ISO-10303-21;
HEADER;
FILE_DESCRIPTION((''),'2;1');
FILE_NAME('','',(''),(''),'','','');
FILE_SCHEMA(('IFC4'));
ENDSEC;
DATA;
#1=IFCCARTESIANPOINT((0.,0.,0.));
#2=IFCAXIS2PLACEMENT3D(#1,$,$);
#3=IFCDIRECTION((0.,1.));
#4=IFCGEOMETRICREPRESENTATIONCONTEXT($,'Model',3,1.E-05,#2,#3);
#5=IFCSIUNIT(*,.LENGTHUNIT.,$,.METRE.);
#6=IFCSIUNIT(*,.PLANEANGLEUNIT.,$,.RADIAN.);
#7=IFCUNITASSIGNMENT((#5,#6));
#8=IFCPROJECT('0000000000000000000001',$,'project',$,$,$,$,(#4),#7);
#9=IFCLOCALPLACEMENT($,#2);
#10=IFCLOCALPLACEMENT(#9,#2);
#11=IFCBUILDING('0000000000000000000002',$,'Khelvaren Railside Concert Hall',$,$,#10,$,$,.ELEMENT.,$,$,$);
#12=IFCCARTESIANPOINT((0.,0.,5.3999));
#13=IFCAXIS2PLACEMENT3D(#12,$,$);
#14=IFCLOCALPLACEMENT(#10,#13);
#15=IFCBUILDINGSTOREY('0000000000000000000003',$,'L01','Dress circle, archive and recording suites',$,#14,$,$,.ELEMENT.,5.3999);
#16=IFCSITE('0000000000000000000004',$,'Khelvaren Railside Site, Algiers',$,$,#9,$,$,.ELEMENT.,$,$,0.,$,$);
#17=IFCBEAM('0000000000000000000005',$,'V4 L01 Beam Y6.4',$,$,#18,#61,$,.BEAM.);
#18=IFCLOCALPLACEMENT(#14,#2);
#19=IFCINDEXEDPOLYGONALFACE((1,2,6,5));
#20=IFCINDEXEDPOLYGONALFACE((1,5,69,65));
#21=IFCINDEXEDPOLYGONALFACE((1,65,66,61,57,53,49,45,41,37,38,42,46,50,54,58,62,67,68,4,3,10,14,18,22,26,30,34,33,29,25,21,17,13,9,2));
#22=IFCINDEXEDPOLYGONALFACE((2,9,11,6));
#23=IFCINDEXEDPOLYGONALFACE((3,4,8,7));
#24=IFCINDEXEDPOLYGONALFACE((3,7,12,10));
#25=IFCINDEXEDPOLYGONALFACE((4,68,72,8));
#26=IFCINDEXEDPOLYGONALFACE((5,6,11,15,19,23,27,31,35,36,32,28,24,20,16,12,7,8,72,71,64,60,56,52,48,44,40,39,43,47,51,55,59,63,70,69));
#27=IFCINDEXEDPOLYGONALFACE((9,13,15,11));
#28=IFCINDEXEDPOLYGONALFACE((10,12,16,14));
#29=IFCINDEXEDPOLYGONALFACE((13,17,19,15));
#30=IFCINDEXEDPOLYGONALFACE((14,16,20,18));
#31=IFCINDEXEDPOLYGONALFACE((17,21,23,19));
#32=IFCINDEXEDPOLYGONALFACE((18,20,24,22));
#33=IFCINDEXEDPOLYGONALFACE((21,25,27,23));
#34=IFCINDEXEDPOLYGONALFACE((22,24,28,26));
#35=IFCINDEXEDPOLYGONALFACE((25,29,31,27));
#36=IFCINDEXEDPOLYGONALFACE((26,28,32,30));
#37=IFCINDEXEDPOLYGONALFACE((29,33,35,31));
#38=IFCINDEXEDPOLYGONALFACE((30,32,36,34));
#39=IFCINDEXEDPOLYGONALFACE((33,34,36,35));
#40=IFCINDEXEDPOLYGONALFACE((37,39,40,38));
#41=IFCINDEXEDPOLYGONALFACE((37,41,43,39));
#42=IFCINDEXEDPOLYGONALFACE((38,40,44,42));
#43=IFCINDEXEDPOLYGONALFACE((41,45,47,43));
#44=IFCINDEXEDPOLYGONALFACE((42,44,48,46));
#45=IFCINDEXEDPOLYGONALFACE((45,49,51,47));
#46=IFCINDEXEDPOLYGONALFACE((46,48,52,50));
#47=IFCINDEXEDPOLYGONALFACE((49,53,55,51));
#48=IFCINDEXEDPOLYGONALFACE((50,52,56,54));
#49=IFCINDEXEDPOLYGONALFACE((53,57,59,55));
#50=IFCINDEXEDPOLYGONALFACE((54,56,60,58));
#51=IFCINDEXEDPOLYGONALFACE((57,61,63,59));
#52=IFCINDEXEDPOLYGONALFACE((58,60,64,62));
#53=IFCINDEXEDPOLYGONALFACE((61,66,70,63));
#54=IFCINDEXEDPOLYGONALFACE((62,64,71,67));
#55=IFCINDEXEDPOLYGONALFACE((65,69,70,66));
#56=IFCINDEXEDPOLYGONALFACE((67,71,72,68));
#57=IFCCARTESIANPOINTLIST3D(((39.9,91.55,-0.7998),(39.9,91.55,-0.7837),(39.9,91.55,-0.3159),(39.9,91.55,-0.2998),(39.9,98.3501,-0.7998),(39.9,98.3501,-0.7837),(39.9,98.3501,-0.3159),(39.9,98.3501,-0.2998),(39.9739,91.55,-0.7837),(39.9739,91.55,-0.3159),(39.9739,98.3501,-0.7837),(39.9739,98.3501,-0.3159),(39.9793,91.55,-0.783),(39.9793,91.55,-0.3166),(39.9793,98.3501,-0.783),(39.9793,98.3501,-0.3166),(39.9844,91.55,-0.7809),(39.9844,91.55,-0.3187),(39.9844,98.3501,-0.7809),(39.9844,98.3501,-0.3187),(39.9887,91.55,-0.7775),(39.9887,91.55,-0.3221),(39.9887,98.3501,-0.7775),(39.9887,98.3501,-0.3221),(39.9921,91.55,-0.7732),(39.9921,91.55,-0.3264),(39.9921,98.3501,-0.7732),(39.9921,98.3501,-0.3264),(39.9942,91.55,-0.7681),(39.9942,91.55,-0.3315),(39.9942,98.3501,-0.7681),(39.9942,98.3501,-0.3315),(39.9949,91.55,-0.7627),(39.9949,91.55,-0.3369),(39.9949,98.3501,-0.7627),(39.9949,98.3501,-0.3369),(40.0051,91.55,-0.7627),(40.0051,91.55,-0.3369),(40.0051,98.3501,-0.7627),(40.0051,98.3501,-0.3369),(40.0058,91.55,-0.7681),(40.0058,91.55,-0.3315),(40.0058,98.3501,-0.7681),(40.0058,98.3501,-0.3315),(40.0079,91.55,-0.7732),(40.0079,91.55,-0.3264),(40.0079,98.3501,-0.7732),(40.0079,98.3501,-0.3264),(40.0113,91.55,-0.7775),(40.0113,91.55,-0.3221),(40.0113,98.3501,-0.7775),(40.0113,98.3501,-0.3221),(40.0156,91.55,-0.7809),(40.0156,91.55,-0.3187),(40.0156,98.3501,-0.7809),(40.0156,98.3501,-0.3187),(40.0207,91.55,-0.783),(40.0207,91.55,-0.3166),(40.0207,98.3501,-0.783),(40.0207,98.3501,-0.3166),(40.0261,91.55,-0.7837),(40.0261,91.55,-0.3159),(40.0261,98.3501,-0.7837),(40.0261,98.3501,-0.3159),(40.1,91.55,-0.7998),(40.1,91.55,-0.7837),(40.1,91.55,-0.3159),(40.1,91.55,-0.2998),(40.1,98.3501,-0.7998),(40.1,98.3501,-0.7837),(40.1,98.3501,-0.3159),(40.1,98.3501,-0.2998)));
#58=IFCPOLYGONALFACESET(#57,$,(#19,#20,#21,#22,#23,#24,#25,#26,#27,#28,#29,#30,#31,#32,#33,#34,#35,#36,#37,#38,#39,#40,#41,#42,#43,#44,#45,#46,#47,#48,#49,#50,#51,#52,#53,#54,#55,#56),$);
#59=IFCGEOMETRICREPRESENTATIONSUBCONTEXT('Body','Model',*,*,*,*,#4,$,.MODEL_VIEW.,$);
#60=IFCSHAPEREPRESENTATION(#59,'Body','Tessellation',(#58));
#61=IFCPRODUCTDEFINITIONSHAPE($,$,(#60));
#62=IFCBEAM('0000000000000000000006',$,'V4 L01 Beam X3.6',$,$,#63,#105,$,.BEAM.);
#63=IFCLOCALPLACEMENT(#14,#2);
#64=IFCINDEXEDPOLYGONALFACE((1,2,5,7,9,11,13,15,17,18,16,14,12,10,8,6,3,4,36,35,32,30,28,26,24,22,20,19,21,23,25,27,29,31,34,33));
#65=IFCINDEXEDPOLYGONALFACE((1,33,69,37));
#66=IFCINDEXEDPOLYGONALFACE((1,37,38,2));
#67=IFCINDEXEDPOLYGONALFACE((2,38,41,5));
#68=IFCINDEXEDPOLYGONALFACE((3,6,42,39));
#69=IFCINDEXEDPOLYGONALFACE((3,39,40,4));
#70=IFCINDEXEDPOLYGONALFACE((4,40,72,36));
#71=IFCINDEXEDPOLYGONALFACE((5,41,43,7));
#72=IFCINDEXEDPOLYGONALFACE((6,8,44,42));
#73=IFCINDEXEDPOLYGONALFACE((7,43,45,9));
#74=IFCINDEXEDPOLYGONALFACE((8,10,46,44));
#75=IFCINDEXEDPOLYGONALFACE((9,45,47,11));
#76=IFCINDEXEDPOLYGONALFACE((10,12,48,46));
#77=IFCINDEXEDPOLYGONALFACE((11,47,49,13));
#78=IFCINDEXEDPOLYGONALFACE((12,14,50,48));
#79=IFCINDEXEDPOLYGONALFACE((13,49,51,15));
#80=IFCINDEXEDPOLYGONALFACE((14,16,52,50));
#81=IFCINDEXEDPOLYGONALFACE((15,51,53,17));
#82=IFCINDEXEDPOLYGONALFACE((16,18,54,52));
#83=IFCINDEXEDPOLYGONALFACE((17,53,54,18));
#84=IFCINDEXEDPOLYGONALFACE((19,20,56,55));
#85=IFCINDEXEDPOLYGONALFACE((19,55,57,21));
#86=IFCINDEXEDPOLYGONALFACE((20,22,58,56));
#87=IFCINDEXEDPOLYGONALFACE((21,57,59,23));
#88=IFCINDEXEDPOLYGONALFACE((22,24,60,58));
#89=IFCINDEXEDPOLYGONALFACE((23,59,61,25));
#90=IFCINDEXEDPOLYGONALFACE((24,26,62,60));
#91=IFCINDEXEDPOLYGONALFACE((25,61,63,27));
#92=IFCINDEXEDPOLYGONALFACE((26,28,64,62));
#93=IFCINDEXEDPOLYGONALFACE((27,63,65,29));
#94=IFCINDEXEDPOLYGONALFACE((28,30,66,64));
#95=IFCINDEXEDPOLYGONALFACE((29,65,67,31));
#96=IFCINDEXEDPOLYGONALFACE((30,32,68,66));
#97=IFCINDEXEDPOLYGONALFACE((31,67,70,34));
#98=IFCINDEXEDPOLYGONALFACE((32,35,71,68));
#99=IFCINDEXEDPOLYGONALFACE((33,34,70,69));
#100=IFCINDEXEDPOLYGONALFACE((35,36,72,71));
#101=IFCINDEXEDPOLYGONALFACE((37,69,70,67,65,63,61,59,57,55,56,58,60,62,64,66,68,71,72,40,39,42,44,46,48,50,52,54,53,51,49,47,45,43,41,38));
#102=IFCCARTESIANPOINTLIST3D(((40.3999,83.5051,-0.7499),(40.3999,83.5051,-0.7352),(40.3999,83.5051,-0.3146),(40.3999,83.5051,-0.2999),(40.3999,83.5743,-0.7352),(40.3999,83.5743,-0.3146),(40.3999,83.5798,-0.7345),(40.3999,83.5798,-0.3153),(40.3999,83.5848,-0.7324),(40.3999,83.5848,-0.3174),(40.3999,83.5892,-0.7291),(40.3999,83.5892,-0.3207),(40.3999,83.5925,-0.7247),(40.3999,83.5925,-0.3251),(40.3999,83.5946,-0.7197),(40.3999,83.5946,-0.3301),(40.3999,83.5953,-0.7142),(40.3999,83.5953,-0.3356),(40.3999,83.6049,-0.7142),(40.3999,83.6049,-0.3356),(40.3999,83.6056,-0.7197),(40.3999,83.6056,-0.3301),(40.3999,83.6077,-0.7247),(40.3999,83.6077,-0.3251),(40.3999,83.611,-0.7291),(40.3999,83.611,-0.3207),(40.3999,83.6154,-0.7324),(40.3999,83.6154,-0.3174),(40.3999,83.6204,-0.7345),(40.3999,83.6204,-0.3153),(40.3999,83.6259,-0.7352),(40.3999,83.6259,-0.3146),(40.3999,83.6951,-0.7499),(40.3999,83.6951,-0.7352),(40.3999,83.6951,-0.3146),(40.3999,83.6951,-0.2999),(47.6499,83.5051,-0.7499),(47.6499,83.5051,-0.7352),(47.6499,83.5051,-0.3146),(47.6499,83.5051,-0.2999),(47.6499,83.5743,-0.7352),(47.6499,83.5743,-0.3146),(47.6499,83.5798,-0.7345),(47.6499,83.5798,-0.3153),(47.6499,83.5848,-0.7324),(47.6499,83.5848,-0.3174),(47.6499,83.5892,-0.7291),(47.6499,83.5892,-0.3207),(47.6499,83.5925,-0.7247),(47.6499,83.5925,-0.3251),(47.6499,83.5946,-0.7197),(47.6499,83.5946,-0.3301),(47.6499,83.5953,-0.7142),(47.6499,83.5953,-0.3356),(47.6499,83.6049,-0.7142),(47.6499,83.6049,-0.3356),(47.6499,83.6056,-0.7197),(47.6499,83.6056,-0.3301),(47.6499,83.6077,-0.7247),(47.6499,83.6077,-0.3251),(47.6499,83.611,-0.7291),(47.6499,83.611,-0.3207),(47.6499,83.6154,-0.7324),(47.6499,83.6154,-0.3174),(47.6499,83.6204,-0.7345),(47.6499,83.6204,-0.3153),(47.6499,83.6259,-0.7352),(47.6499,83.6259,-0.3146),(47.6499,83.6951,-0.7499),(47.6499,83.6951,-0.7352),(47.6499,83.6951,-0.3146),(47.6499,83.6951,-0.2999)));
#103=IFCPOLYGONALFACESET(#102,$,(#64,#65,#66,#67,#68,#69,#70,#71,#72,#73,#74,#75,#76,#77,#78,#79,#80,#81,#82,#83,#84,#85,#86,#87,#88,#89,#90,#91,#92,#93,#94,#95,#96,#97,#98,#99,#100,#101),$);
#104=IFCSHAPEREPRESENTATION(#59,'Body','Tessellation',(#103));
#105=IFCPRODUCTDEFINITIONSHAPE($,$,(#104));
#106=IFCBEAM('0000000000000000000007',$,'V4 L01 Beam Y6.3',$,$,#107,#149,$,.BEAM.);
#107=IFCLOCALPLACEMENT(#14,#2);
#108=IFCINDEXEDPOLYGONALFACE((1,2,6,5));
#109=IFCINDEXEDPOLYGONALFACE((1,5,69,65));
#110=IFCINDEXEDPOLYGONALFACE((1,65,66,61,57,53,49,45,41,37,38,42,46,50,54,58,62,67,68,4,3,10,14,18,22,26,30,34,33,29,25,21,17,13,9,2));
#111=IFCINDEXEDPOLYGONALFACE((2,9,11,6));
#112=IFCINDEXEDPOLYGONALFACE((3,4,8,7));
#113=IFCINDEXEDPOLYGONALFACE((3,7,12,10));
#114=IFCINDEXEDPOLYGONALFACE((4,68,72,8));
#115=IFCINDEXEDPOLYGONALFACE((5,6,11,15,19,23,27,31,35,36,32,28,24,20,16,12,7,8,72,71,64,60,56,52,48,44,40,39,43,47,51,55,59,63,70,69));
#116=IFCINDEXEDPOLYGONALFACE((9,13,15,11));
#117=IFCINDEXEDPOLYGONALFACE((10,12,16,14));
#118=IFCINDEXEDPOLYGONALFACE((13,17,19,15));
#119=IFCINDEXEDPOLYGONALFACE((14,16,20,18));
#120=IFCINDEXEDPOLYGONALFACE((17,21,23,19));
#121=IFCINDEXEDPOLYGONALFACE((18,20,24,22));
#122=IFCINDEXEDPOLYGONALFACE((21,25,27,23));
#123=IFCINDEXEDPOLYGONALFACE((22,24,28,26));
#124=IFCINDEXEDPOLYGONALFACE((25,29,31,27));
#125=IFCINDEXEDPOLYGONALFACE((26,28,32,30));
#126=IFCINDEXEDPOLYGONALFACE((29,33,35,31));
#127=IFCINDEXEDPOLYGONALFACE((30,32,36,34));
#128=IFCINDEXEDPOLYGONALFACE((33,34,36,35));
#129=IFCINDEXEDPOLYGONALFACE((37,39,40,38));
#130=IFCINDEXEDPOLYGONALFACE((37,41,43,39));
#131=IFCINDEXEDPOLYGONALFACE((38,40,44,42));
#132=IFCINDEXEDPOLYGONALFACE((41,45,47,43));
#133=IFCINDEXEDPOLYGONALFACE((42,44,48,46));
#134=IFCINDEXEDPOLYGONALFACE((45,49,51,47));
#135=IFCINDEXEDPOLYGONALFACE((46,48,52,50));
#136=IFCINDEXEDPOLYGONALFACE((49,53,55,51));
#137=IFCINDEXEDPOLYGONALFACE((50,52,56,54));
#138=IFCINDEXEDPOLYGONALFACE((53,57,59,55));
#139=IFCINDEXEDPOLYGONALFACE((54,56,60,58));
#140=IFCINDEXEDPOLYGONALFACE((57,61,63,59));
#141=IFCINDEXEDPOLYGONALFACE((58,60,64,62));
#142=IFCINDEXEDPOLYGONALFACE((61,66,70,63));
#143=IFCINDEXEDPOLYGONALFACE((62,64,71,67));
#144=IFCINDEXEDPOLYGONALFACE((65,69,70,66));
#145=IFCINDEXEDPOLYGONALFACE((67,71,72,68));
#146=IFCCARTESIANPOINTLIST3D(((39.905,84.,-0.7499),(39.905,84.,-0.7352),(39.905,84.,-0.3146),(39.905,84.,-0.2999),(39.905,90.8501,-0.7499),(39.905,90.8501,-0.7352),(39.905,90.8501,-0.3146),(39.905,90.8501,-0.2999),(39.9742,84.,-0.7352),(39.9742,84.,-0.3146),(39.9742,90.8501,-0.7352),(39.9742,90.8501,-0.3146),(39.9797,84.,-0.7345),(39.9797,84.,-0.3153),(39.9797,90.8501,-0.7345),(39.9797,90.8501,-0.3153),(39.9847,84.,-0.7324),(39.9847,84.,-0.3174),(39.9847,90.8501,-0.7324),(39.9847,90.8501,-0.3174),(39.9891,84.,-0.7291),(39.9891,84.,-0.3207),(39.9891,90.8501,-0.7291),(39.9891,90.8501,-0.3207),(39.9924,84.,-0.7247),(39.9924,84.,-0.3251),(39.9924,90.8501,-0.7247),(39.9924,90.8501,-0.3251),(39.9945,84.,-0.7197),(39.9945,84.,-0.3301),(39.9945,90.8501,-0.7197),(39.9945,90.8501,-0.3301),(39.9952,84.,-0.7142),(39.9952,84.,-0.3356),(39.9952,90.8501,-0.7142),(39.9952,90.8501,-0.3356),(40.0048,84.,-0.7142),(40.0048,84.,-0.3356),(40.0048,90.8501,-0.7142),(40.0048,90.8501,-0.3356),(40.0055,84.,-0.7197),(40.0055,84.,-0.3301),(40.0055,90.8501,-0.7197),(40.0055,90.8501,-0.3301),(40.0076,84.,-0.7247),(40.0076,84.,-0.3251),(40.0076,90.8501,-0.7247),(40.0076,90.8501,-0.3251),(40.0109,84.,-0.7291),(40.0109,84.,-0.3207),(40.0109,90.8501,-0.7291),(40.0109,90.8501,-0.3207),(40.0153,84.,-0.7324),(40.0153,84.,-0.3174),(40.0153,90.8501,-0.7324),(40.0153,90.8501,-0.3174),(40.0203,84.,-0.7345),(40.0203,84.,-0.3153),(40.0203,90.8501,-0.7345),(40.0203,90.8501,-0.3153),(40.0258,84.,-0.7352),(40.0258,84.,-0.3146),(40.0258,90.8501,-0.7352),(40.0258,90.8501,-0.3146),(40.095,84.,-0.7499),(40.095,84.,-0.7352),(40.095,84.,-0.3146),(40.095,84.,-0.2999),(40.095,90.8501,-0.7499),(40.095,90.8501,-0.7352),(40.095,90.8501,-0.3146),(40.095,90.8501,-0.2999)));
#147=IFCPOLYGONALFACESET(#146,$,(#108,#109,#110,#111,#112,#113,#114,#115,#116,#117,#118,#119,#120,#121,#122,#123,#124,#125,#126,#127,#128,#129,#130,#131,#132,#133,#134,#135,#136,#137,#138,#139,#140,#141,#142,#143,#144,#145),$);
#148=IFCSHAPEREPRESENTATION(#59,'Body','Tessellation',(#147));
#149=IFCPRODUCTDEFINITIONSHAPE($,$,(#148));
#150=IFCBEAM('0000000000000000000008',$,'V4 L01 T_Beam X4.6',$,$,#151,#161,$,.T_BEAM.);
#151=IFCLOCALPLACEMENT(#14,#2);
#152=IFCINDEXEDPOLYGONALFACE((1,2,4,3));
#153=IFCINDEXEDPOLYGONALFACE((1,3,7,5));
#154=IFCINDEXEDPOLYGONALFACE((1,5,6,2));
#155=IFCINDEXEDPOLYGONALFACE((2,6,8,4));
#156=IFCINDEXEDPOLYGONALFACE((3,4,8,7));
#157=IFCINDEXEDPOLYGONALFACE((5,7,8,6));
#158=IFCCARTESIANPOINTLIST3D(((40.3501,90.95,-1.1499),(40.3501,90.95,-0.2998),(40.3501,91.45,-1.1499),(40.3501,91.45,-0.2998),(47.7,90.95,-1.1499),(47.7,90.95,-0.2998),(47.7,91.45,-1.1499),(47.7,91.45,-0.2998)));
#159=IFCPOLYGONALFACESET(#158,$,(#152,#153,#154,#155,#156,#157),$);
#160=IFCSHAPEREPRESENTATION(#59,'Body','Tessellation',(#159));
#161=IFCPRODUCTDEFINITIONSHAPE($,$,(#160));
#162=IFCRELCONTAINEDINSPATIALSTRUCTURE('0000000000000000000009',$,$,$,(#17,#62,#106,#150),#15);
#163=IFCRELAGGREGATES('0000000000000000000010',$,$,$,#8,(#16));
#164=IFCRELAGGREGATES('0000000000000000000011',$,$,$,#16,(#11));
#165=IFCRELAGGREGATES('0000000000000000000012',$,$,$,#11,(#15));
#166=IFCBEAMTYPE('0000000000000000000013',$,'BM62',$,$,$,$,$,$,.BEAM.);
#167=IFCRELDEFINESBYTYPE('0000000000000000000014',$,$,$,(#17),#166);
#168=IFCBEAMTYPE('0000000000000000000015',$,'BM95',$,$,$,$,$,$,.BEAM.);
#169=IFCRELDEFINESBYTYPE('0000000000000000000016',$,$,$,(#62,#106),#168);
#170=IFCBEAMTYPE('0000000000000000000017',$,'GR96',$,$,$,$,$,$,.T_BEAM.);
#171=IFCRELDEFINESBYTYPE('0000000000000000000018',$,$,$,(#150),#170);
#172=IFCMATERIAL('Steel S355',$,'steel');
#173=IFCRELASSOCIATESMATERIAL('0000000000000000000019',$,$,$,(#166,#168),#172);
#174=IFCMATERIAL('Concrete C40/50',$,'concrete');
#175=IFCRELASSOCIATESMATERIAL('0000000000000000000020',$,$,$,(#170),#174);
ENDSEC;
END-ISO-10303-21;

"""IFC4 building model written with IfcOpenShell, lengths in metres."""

from ifc_helpers import new_model, si_unit, direction, frame, origin, origin_2d, place, context, subcontext, project, spatial, rectangle, i_section, extrude, material, material_profile, profile_set, type_object, element, save


model = new_model("IFC4")

# Units and contexts
model_context = context("Model", 3, precision=1e-05, world=origin(), true_north=direction((0.0, 1.0)))
body_context = subcontext(model_context, "Body", "Model", "MODEL_VIEW")
ifc_project = project(units=[si_unit("LENGTHUNIT", "METRE"), si_unit("PLANEANGLEUNIT", "RADIAN")], contexts=[model_context])

# Site, building, storey
site_placement = place(None, origin())
site = spatial("IfcSite", under=ifc_project, at=site_placement, Name="Khelvaren Railside Site, Algiers", CompositionType="ELEMENT", RefElevation=0.0)
building_placement = place(site_placement, origin())
building = spatial("IfcBuilding", under=site, at=building_placement, Name="Khelvaren Railside Concert Hall", CompositionType="ELEMENT")
storey_placement = place(building_placement, frame((0.0, 0.0, 5.3999)))
storey = spatial("IfcBuildingStorey", under=building, at=storey_placement, Name="L01", Description="Dress circle, archive and recording suites", CompositionType="ELEMENT", Elevation=5.3999)

# Beams
ifc_material_1 = material(Name="Steel S355", Category="steel")
ifc_material_profile_1 = material_profile(ifc_material_1, i_section(OverallWidth=0.2, OverallDepth=0.5, WebThickness=0.0103, FlangeThickness=0.0161, FilletRadius=0.021, at=origin_2d()), Name="IPE 500")
ifc_profile_set_1 = profile_set([ifc_material_profile_1], Name="Steel S355")
beam_type_1 = type_object("IfcBeamType", Name="BM62", PredefinedType="BEAM", material=ifc_profile_set_1)
beam_1_placement = place(storey_placement, frame((40.0, 91.55, -0.5498), z_axis=(0.0, 1.0, 0.0), x_axis=(-1.0, 0.0, 0.0)))
element("IfcBeam", 1, at=beam_1_placement, inside=storey, type_object=beam_type_1, Name="V4 L01 Beam Y6.4", PredefinedType="BEAM", context=body_context, shape_type="SweptSolid", body=[
    extrude(i_section(OverallWidth=0.2, OverallDepth=0.5, WebThickness=0.0103, FlangeThickness=0.0161, FilletRadius=0.021, at=origin_2d()), origin(), (0.0, 0.0, 1.0), 6.8),
])
ifc_material_profile_2 = material_profile(ifc_material_1, i_section(OverallWidth=0.1899, OverallDepth=0.45, WebThickness=0.0095, FlangeThickness=0.0146, FilletRadius=0.021, at=origin_2d()), Name="IPE 450")
ifc_profile_set_2 = profile_set([ifc_material_profile_2], Name="Steel S355")
beam_type_2 = type_object("IfcBeamType", Name="BM95", PredefinedType="BEAM", material=ifc_profile_set_2)
beam_2_placement = place(storey_placement, frame((40.3999, 83.6001, -0.5249), z_axis=(1.0, 0.0, 0.0), x_axis=(0.0, 1.0, 0.0)))
element("IfcBeam", 2, at=beam_2_placement, inside=storey, type_object=beam_type_2, Name="V4 L01 Beam X3.6", PredefinedType="BEAM", context=body_context, shape_type="SweptSolid", body=[
    extrude(i_section(OverallWidth=0.1899, OverallDepth=0.45, WebThickness=0.0095, FlangeThickness=0.0146, FilletRadius=0.021, at=origin_2d()), origin(), (0.0, 0.0, 1.0), 7.25),
])
beam_3_placement = place(storey_placement, frame((40.0, 84.0, -0.5249), z_axis=(0.0, 1.0, 0.0), x_axis=(-1.0, 0.0, 0.0)))
element("IfcBeam", 3, at=beam_3_placement, inside=storey, type_object=beam_type_2, Name="V4 L01 Beam Y6.3", PredefinedType="BEAM", context=body_context, shape_type="SweptSolid", body=[
    extrude(i_section(OverallWidth=0.1899, OverallDepth=0.45, WebThickness=0.0095, FlangeThickness=0.0146, FilletRadius=0.021, at=origin_2d()), origin(), (0.0, 0.0, 1.0), 6.8501),
])
ifc_material_2 = material(Name="Concrete C40/50", Category="concrete")
ifc_material_profile_3 = material_profile(ifc_material_2, rectangle(XDim=0.5, YDim=0.8501, at=origin_2d()), Name="RCB 500x850")
ifc_profile_set_3 = profile_set([ifc_material_profile_3], Name="Concrete C40/50")
beam_type_3 = type_object("IfcBeamType", Name="GR96", PredefinedType="T_BEAM", material=ifc_profile_set_3)
beam_4_placement = place(storey_placement, frame((40.3501, 91.2, -0.7249), z_axis=(1.0, 0.0, 0.0), x_axis=(0.0, 1.0, 0.0)))
element("IfcBeam", 4, at=beam_4_placement, inside=storey, type_object=beam_type_3, Name="V4 L01 T_Beam X4.6", PredefinedType="T_BEAM", context=body_context, shape_type="SweptSolid", body=[
    extrude(rectangle(XDim=0.5, YDim=0.8501, at=origin_2d()), origin(), (0.0, 0.0, 1.0), 7.3499),
])

save(model, "model.ifc")
